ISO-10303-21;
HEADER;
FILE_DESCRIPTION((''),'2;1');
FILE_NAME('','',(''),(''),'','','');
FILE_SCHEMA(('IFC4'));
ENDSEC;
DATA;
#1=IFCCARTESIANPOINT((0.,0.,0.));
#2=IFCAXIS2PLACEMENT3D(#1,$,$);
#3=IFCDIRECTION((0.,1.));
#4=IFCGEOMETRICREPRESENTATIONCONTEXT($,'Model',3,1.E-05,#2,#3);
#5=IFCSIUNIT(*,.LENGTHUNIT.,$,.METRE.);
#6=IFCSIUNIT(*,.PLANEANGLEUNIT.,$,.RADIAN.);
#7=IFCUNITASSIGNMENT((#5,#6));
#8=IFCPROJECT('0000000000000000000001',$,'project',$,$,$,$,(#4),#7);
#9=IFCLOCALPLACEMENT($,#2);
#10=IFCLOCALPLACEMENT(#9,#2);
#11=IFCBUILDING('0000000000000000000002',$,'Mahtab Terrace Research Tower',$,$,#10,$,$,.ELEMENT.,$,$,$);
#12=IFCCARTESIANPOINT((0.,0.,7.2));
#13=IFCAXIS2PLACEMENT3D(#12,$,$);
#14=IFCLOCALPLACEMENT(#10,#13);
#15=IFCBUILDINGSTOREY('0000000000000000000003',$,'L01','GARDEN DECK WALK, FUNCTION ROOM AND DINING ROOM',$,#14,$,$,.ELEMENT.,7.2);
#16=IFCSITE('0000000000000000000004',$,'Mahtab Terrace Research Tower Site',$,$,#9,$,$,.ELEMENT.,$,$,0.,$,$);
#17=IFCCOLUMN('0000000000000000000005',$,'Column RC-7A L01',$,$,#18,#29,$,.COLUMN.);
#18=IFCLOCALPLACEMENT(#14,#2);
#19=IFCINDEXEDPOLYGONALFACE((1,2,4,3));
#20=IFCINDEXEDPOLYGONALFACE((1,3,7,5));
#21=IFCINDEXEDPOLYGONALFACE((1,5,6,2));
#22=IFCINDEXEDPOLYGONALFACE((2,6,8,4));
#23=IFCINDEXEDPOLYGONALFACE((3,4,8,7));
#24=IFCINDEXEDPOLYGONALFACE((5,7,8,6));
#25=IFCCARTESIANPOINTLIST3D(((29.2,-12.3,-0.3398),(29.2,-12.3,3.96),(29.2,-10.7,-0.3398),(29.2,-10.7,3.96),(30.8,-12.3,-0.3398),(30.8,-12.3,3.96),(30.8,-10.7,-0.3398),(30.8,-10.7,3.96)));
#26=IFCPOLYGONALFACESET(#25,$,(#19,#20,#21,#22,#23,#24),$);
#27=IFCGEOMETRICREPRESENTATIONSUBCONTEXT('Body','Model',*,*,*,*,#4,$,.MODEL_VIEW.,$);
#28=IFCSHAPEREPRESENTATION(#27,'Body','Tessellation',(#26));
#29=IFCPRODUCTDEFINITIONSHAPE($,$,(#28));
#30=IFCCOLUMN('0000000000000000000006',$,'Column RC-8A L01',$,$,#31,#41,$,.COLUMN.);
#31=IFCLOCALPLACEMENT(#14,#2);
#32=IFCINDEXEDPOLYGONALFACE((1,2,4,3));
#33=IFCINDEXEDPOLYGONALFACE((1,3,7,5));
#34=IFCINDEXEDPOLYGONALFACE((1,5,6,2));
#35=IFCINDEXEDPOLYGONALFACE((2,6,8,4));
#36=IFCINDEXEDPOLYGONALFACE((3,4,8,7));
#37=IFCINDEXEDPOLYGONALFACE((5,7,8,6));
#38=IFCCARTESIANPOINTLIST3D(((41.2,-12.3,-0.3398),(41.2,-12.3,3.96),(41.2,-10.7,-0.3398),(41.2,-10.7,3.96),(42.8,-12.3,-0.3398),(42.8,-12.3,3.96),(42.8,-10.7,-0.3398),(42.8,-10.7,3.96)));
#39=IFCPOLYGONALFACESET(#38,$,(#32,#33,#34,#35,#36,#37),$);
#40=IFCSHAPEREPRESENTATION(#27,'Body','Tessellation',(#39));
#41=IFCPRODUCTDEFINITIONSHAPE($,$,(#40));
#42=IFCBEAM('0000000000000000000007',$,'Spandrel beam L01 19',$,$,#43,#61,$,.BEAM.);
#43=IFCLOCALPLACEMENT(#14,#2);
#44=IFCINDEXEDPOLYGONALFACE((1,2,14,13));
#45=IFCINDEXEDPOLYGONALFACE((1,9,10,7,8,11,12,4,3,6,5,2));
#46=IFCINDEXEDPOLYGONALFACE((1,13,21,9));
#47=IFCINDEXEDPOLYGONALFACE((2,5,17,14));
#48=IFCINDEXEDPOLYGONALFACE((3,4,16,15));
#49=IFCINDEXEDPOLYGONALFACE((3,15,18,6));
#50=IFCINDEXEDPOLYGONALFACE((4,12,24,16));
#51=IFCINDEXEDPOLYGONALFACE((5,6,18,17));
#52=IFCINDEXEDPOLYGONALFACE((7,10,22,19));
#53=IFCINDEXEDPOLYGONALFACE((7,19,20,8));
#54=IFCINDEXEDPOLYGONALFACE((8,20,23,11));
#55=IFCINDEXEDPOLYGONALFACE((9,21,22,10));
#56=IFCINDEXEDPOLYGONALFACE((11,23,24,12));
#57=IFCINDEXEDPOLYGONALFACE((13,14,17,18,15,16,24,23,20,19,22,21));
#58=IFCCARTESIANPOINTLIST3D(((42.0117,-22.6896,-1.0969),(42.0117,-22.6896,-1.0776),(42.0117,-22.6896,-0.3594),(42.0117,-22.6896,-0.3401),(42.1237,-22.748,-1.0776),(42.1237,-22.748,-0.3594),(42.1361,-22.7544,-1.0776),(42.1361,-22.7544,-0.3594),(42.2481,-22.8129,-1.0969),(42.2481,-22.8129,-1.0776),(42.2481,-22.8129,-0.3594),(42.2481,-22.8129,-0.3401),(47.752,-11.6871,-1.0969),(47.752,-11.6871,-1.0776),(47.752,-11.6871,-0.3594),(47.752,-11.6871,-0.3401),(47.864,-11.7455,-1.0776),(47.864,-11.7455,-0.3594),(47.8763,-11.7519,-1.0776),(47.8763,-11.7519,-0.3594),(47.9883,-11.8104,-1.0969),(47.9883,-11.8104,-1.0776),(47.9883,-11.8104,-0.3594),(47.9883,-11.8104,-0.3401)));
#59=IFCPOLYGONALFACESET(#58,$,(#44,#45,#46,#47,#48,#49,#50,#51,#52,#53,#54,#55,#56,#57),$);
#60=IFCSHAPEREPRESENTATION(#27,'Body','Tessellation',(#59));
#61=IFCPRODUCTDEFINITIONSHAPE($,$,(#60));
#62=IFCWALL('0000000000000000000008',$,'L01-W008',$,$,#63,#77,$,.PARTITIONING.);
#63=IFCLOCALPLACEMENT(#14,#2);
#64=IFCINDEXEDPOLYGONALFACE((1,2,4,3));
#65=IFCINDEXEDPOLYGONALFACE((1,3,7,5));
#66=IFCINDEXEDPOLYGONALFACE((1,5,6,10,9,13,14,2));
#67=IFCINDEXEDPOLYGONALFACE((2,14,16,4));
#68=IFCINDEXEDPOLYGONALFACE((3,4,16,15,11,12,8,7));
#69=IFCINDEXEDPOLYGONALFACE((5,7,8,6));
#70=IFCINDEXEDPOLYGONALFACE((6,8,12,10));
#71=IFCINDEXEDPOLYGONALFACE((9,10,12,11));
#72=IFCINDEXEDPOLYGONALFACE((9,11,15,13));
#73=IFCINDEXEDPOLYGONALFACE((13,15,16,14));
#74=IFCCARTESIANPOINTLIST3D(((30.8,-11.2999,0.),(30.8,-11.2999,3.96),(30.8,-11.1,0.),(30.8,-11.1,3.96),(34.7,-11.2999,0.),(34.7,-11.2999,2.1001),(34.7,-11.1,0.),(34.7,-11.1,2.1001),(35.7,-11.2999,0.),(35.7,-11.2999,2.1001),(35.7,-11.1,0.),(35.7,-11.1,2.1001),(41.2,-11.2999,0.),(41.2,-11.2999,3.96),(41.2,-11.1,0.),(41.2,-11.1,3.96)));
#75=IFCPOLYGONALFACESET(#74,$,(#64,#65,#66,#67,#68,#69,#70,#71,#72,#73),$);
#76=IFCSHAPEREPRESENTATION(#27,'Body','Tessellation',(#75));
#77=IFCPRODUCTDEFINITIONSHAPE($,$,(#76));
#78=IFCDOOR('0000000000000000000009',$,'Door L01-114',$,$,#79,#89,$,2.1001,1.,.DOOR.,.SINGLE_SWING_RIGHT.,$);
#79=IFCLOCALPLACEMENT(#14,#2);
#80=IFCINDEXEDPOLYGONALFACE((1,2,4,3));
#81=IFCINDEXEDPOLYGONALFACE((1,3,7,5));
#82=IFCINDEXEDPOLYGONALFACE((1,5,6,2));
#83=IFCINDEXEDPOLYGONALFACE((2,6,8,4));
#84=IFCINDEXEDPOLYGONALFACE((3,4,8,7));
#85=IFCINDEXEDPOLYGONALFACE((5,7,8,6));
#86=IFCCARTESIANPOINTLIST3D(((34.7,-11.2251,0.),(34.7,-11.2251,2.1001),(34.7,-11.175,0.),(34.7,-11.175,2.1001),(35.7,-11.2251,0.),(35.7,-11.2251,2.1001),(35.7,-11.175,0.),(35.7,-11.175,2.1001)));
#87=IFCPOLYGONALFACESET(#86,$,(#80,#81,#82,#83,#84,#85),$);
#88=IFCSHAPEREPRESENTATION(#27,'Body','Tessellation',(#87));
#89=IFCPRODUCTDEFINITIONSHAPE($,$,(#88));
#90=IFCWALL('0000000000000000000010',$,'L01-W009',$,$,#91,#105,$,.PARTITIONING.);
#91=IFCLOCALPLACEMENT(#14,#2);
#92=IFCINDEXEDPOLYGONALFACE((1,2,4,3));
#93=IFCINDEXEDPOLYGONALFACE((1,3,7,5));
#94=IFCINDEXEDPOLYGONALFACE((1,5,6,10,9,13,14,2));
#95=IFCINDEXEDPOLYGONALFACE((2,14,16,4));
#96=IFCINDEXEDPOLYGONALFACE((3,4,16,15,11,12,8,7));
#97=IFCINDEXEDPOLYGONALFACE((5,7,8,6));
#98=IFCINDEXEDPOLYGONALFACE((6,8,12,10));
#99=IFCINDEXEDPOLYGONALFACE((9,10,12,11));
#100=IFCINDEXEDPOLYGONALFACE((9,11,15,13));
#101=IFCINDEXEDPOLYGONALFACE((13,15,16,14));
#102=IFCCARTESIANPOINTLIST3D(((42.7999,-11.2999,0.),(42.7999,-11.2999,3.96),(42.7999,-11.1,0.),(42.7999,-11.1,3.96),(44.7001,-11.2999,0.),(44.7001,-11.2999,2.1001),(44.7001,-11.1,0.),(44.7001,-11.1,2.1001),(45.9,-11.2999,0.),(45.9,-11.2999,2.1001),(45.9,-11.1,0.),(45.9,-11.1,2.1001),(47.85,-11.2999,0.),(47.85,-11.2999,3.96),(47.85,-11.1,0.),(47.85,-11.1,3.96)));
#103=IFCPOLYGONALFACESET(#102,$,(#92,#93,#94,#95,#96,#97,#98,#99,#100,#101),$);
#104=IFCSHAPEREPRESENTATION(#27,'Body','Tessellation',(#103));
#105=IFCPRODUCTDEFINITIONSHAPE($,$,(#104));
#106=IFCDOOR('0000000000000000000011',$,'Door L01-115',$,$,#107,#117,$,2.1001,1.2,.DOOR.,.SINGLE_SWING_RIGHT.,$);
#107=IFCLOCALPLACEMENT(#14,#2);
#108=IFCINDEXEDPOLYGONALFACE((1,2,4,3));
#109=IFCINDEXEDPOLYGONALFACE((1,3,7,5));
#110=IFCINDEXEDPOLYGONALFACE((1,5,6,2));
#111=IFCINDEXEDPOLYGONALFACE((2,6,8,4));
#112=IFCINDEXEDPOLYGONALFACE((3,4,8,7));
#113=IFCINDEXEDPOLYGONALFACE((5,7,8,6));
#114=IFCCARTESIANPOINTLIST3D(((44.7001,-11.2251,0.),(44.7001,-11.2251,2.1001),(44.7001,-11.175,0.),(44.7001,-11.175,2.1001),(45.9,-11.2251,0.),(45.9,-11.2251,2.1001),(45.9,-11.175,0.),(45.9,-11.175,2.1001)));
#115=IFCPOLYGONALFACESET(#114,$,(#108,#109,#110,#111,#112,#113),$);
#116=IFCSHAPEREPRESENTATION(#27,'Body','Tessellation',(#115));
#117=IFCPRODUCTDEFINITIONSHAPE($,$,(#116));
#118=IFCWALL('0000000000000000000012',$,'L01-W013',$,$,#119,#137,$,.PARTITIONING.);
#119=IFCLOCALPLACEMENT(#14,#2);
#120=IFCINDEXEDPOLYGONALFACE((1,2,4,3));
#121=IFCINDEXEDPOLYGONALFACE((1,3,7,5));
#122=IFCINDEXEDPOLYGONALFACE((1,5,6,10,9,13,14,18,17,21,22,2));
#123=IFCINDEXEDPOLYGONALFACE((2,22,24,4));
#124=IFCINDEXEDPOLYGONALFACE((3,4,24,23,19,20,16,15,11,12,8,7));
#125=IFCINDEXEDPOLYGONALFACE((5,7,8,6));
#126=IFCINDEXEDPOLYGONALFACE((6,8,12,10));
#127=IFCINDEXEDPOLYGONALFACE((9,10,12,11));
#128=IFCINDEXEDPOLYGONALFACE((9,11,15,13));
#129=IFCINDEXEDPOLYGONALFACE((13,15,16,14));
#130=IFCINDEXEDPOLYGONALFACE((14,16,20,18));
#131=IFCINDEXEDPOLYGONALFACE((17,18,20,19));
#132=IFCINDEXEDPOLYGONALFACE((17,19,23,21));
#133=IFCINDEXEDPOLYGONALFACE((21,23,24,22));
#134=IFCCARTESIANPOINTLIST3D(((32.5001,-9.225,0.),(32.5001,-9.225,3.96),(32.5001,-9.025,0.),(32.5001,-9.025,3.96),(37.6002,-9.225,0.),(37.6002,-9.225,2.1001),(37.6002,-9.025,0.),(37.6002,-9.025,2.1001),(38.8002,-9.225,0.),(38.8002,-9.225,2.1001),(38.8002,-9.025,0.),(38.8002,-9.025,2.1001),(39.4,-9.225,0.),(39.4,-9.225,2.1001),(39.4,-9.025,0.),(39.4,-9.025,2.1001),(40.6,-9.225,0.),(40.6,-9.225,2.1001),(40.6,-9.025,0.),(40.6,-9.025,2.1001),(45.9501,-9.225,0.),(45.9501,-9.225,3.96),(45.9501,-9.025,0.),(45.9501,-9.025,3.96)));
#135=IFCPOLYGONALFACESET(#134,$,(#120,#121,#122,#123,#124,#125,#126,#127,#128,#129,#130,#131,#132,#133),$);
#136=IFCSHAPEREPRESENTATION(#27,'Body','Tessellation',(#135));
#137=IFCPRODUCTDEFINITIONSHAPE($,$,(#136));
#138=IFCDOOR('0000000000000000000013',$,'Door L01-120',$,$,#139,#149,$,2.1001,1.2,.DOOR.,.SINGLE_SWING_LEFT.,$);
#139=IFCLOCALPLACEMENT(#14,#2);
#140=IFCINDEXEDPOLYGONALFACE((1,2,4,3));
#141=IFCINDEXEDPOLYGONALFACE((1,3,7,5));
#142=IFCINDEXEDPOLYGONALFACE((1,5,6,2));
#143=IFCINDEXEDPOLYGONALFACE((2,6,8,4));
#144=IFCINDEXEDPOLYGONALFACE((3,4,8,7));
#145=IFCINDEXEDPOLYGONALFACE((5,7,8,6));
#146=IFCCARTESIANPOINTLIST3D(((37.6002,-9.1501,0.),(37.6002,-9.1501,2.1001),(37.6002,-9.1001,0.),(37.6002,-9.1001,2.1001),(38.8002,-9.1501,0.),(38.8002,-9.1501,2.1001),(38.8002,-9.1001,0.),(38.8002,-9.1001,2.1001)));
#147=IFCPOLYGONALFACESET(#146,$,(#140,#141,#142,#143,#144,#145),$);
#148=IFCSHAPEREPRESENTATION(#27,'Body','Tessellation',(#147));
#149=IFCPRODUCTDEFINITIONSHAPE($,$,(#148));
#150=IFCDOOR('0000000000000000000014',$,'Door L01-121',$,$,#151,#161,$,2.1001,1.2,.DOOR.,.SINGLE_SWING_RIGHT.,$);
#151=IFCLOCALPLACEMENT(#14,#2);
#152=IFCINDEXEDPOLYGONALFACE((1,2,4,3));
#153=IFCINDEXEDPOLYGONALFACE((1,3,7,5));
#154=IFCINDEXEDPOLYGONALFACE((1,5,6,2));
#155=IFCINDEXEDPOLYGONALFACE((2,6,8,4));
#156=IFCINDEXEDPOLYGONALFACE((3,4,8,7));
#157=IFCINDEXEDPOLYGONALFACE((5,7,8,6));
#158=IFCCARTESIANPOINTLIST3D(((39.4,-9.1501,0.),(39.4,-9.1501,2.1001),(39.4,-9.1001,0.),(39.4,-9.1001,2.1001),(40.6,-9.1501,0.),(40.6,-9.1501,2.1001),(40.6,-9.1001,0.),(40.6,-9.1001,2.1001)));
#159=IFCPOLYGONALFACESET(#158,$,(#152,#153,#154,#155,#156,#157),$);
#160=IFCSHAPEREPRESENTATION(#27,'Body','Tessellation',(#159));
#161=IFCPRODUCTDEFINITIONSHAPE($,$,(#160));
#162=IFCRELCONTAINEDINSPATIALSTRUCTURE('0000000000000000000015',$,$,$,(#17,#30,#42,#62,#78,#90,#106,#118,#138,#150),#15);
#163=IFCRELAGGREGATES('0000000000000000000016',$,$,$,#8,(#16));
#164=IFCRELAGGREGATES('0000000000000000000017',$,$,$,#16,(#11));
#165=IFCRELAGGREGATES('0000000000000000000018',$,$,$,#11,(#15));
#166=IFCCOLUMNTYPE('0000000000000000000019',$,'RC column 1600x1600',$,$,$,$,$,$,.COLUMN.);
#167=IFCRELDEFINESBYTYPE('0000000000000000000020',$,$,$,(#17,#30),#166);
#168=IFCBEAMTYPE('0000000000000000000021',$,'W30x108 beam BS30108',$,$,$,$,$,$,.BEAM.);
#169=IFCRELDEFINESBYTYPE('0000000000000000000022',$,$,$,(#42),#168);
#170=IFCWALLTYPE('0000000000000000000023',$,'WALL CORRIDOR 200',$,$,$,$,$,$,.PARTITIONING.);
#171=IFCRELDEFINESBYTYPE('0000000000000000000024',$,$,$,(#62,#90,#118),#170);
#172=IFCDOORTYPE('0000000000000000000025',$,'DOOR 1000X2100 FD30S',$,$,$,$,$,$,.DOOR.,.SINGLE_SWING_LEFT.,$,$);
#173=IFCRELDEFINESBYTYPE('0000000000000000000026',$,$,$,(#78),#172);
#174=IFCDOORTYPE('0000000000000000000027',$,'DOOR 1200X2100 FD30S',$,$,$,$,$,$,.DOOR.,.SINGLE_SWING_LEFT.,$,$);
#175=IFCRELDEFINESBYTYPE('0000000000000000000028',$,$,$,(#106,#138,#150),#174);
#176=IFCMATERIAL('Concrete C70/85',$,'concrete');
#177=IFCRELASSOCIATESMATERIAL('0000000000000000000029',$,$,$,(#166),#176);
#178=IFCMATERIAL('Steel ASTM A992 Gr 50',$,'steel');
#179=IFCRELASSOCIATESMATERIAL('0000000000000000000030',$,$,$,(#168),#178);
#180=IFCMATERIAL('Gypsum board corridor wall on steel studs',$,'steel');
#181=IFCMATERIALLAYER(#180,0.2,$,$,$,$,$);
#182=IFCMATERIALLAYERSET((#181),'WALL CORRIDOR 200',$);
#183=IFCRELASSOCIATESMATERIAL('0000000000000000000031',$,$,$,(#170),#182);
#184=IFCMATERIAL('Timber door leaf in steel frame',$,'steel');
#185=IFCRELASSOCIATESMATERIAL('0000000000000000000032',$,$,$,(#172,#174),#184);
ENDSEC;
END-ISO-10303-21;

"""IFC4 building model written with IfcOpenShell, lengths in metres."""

from ifc_helpers import new_model, si_unit, direction, frame, frame_2d, origin, origin_2d, place, context, subcontext, project, spatial, rectangle, i_section, extrude, material, layer, layer_set, material_profile, profile_set, type_object, element, fill, save


model = new_model("IFC4")

# Units and contexts
model_context = context("Model", 3, precision=1e-05, world=origin(), true_north=direction((0.0, 1.0)))
body_context = subcontext(model_context, "Body", "Model", "MODEL_VIEW")
ifc_project = project(units=[si_unit("LENGTHUNIT", "METRE"), si_unit("PLANEANGLEUNIT", "RADIAN")], contexts=[model_context])

# Site, building, storey
site_placement = place(None, origin())
site = spatial("IfcSite", under=ifc_project, at=site_placement, Name="Mahtab Terrace Research Tower Site", CompositionType="ELEMENT", RefElevation=0.0)
building_placement = place(site_placement, origin())
building = spatial("IfcBuilding", under=site, at=building_placement, Name="Mahtab Terrace Research Tower", CompositionType="ELEMENT")
storey_placement = place(building_placement, frame((0.0, 0.0, 7.2)))
storey = spatial("IfcBuildingStorey", under=building, at=storey_placement, Name="L01", Description="GARDEN DECK WALK, FUNCTION ROOM AND DINING ROOM", CompositionType="ELEMENT", Elevation=7.2)

# Columns
ifc_material_1 = material(Name="Concrete C70/85", Category="concrete")
ifc_material_profile_1 = material_profile(ifc_material_1, rectangle(XDim=1.6001, YDim=1.6001, at=origin_2d()), Name="RC column 1600x1600")
ifc_profile_set_1 = profile_set([ifc_material_profile_1], Name="Concrete C70/85")
column_type = type_object("IfcColumnType", Name="RC column 1600x1600", PredefinedType="COLUMN", material=ifc_profile_set_1)
for number, where, z_axis, x_axis, name in (
    (1, (30.0, -11.5, -0.3398), (0.0, 0.0, 1.0), (1.0, 0.0, 0.0), "Column RC-7A L01"),
    (2, (42.0, -11.5, -0.3398), (0.0, 0.0, 1.0), (1.0, 0.0, 0.0), "Column RC-8A L01"),
):
    element("IfcColumn", number, at=place(storey_placement, frame(where, z_axis=z_axis, x_axis=x_axis)), inside=storey, type_object=column_type, Name=name, PredefinedType="COLUMN", context=body_context, shape_type="SweptSolid", body=[
        extrude(rectangle(XDim=1.6001, YDim=1.6001, at=origin_2d()), origin(), (0.0, 0.0, 1.0), 4.2998),
    ])

# Beam
ifc_material_2 = material(Name="Steel ASTM A992 Gr 50", Category="steel")
ifc_material_profile_2 = material_profile(ifc_material_2, i_section(OverallWidth=0.2666, OverallDepth=0.7568, WebThickness=0.0139, FlangeThickness=0.0193, at=origin_2d()), Name="W30X108")
ifc_profile_set_2 = profile_set([ifc_material_profile_2], Name="Steel ASTM A992 Gr 50")
beam_type = type_object("IfcBeamType", Name="W30x108 beam BS30108", PredefinedType="BEAM", material=ifc_profile_set_2)
beam_placement = place(storey_placement, frame((42.1299, -22.7512, -0.7185), z_axis=(0.462555, 0.88659, 0.0), x_axis=(-0.88659, 0.462555, 0.0)))
element("IfcBeam", 3, at=beam_placement, inside=storey, type_object=beam_type, Name="Spandrel beam L01 19", PredefinedType="BEAM", context=body_context, shape_type="SweptSolid", body=[
    extrude(i_section(OverallWidth=0.2666, OverallDepth=0.7568, WebThickness=0.0139, FlangeThickness=0.0193, at=origin_2d()), origin(), (0.0, 0.0, 1.0), 12.4099),
])

# Walls, openings, doors
ifc_material_3 = material(Name="Gypsum board corridor wall on steel studs", Category="steel")
ifc_layer_1 = layer(ifc_material_3, 0.2)
ifc_layer_set_1 = layer_set([ifc_layer_1], Name="WALL CORRIDOR 200")
wall_type_1 = type_object("IfcWallType", Name="WALL CORRIDOR 200", PredefinedType="PARTITIONING", material=ifc_layer_set_1)
wall_1_placement = place(storey_placement, frame((30.8, -11.2, 0.0), z_axis=(0.0, 0.0, 1.0), x_axis=(1.0, 0.0, 0.0)))
wall_1 = element("IfcWall", 4, at=wall_1_placement, inside=storey, type_object=wall_type_1, Name="L01-W008", PredefinedType="PARTITIONING", context=body_context, shape_type="SweptSolid", body=[
    extrude(rectangle(XDim=10.3999, YDim=0.2, at=frame_2d((5.2, 0.0))), origin(), (0.0, 0.0, 1.0), 3.96),
])
opening_1_placement = place(wall_1_placement, frame((3.8999, 0.0, 0.0)))
opening_1 = element("IfcOpeningElement", 5, at=opening_1_placement, cuts=wall_1, PredefinedType="OPENING", context=body_context, shape_type="SweptSolid", body=[
    extrude(rectangle(XDim=1.0, YDim=2.1001, at=frame_2d((0.5, 1.05))), frame((0.0, 0.1099, 0.0), z_axis=(0.0, -1.0, 0.0), x_axis=(1.0, 0.0, 0.0)), (0.0, 0.0, 1.0), 0.22),
])
ifc_material_4 = material(Name="Timber door leaf in steel frame", Category="steel")
door_type_1 = type_object("IfcDoorType", Name="DOOR 1000X2100 FD30S", OperationType="SINGLE_SWING_LEFT", PredefinedType="DOOR", material=ifc_material_4)
door_1_placement = place(opening_1_placement, origin())
door_1 = element("IfcDoor", 6, at=door_1_placement, inside=storey, type_object=door_type_1, Name="Door L01-114", OperationType="SINGLE_SWING_RIGHT", OverallHeight=2.1001, OverallWidth=1.0, PredefinedType="DOOR", context=body_context, shape_type="SweptSolid", body=[
    extrude(rectangle(XDim=1.0, YDim=2.1001, at=frame_2d((0.5, 1.05))), frame((0.0, 0.0249, 0.0), z_axis=(0.0, -1.0, 0.0), x_axis=(1.0, 0.0, 0.0)), (0.0, 0.0, 1.0), 0.05),
])
fill(opening_1, door_1)
wall_2_placement = place(storey_placement, frame((42.8, -11.2, 0.0), z_axis=(0.0, 0.0, 1.0), x_axis=(1.0, 0.0, 0.0)))
wall_2 = element("IfcWall", 7, at=wall_2_placement, inside=storey, type_object=wall_type_1, Name="L01-W009", PredefinedType="PARTITIONING", context=body_context, shape_type="SweptSolid", body=[
    extrude(rectangle(XDim=5.05, YDim=0.2, at=frame_2d((2.5249, 0.0))), origin(), (0.0, 0.0, 1.0), 3.96),
])
opening_2_placement = place(wall_2_placement, frame((1.8999, 0.0, 0.0)))
opening_2 = element("IfcOpeningElement", 8, at=opening_2_placement, cuts=wall_2, PredefinedType="OPENING", context=body_context, shape_type="SweptSolid", body=[
    extrude(rectangle(XDim=1.2, YDim=2.1001, at=frame_2d((0.6001, 1.05))), frame((0.0, 0.1099, 0.0), z_axis=(0.0, -1.0, 0.0), x_axis=(1.0, 0.0, 0.0)), (0.0, 0.0, 1.0), 0.22),
])
door_type_2 = type_object("IfcDoorType", Name="DOOR 1200X2100 FD30S", OperationType="SINGLE_SWING_LEFT", PredefinedType="DOOR", material=ifc_material_4)
door_2_placement = place(opening_2_placement, origin())
door_2 = element("IfcDoor", 9, at=door_2_placement, inside=storey, type_object=door_type_2, Name="Door L01-115", OperationType="SINGLE_SWING_RIGHT", OverallHeight=2.1001, OverallWidth=1.2, PredefinedType="DOOR", context=body_context, shape_type="SweptSolid", body=[
    extrude(rectangle(XDim=1.2, YDim=2.1001, at=frame_2d((0.6001, 1.05))), frame((0.0, 0.0249, 0.0), z_axis=(0.0, -1.0, 0.0), x_axis=(1.0, 0.0, 0.0)), (0.0, 0.0, 1.0), 0.05),
])
fill(opening_2, door_2)

# Wall, openings, doors
wall_3_placement = place(storey_placement, frame((32.5, -9.125, 0.0), z_axis=(0.0, 0.0, 1.0), x_axis=(1.0, 0.0, 0.0)))
wall_3 = element("IfcWall", 10, at=wall_3_placement, inside=storey, type_object=wall_type_1, Name="L01-W013", PredefinedType="PARTITIONING", context=body_context, shape_type="SweptSolid", body=[
    extrude(rectangle(XDim=13.45, YDim=0.2, at=frame_2d((6.7251, 0.0))), origin(), (0.0, 0.0, 1.0), 3.96),
])
opening_3_placement = place(wall_3_placement, frame((5.1001, 0.0, 0.0)))
opening_3 = element("IfcOpeningElement", 11, at=opening_3_placement, cuts=wall_3, PredefinedType="OPENING", context=body_context, shape_type="SweptSolid", body=[
    extrude(rectangle(XDim=1.2, YDim=2.1001, at=frame_2d((0.6001, 1.05))), frame((0.0, 0.1099, 0.0), z_axis=(0.0, -1.0, 0.0), x_axis=(1.0, 0.0, 0.0)), (0.0, 0.0, 1.0), 0.22),
])
opening_4_placement = place(wall_3_placement, frame((6.8999, 0.0, 0.0)))
opening_4 = element("IfcOpeningElement", 12, at=opening_4_placement, cuts=wall_3, PredefinedType="OPENING", context=body_context, shape_type="SweptSolid", body=[
    extrude(rectangle(XDim=1.2, YDim=2.1001, at=frame_2d((0.6001, 1.05))), frame((0.0, 0.1099, 0.0), z_axis=(0.0, -1.0, 0.0), x_axis=(1.0, 0.0, 0.0)), (0.0, 0.0, 1.0), 0.22),
])
door_3_placement = place(opening_3_placement, origin())
door_3 = element("IfcDoor", 13, at=door_3_placement, inside=storey, type_object=door_type_2, Name="Door L01-120", OperationType="SINGLE_SWING_LEFT", OverallHeight=2.1001, OverallWidth=1.2, PredefinedType="DOOR", context=body_context, shape_type="SweptSolid", body=[
    extrude(rectangle(XDim=1.2, YDim=2.1001, at=frame_2d((0.6001, 1.05))), frame((0.0, 0.0249, 0.0), z_axis=(0.0, -1.0, 0.0), x_axis=(1.0, 0.0, 0.0)), (0.0, 0.0, 1.0), 0.05),
])
fill(opening_3, door_3)
door_4_placement = place(opening_4_placement, origin())
door_4 = element("IfcDoor", 14, at=door_4_placement, inside=storey, type_object=door_type_2, Name="Door L01-121", OperationType="SINGLE_SWING_RIGHT", OverallHeight=2.1001, OverallWidth=1.2, PredefinedType="DOOR", context=body_context, shape_type="SweptSolid", body=[
    extrude(rectangle(XDim=1.2, YDim=2.1001, at=frame_2d((0.6001, 1.05))), frame((0.0, 0.0249, 0.0), z_axis=(0.0, -1.0, 0.0), x_axis=(1.0, 0.0, 0.0)), (0.0, 0.0, 1.0), 0.05),
])
fill(opening_4, door_4)

save(model, "model.ifc")
